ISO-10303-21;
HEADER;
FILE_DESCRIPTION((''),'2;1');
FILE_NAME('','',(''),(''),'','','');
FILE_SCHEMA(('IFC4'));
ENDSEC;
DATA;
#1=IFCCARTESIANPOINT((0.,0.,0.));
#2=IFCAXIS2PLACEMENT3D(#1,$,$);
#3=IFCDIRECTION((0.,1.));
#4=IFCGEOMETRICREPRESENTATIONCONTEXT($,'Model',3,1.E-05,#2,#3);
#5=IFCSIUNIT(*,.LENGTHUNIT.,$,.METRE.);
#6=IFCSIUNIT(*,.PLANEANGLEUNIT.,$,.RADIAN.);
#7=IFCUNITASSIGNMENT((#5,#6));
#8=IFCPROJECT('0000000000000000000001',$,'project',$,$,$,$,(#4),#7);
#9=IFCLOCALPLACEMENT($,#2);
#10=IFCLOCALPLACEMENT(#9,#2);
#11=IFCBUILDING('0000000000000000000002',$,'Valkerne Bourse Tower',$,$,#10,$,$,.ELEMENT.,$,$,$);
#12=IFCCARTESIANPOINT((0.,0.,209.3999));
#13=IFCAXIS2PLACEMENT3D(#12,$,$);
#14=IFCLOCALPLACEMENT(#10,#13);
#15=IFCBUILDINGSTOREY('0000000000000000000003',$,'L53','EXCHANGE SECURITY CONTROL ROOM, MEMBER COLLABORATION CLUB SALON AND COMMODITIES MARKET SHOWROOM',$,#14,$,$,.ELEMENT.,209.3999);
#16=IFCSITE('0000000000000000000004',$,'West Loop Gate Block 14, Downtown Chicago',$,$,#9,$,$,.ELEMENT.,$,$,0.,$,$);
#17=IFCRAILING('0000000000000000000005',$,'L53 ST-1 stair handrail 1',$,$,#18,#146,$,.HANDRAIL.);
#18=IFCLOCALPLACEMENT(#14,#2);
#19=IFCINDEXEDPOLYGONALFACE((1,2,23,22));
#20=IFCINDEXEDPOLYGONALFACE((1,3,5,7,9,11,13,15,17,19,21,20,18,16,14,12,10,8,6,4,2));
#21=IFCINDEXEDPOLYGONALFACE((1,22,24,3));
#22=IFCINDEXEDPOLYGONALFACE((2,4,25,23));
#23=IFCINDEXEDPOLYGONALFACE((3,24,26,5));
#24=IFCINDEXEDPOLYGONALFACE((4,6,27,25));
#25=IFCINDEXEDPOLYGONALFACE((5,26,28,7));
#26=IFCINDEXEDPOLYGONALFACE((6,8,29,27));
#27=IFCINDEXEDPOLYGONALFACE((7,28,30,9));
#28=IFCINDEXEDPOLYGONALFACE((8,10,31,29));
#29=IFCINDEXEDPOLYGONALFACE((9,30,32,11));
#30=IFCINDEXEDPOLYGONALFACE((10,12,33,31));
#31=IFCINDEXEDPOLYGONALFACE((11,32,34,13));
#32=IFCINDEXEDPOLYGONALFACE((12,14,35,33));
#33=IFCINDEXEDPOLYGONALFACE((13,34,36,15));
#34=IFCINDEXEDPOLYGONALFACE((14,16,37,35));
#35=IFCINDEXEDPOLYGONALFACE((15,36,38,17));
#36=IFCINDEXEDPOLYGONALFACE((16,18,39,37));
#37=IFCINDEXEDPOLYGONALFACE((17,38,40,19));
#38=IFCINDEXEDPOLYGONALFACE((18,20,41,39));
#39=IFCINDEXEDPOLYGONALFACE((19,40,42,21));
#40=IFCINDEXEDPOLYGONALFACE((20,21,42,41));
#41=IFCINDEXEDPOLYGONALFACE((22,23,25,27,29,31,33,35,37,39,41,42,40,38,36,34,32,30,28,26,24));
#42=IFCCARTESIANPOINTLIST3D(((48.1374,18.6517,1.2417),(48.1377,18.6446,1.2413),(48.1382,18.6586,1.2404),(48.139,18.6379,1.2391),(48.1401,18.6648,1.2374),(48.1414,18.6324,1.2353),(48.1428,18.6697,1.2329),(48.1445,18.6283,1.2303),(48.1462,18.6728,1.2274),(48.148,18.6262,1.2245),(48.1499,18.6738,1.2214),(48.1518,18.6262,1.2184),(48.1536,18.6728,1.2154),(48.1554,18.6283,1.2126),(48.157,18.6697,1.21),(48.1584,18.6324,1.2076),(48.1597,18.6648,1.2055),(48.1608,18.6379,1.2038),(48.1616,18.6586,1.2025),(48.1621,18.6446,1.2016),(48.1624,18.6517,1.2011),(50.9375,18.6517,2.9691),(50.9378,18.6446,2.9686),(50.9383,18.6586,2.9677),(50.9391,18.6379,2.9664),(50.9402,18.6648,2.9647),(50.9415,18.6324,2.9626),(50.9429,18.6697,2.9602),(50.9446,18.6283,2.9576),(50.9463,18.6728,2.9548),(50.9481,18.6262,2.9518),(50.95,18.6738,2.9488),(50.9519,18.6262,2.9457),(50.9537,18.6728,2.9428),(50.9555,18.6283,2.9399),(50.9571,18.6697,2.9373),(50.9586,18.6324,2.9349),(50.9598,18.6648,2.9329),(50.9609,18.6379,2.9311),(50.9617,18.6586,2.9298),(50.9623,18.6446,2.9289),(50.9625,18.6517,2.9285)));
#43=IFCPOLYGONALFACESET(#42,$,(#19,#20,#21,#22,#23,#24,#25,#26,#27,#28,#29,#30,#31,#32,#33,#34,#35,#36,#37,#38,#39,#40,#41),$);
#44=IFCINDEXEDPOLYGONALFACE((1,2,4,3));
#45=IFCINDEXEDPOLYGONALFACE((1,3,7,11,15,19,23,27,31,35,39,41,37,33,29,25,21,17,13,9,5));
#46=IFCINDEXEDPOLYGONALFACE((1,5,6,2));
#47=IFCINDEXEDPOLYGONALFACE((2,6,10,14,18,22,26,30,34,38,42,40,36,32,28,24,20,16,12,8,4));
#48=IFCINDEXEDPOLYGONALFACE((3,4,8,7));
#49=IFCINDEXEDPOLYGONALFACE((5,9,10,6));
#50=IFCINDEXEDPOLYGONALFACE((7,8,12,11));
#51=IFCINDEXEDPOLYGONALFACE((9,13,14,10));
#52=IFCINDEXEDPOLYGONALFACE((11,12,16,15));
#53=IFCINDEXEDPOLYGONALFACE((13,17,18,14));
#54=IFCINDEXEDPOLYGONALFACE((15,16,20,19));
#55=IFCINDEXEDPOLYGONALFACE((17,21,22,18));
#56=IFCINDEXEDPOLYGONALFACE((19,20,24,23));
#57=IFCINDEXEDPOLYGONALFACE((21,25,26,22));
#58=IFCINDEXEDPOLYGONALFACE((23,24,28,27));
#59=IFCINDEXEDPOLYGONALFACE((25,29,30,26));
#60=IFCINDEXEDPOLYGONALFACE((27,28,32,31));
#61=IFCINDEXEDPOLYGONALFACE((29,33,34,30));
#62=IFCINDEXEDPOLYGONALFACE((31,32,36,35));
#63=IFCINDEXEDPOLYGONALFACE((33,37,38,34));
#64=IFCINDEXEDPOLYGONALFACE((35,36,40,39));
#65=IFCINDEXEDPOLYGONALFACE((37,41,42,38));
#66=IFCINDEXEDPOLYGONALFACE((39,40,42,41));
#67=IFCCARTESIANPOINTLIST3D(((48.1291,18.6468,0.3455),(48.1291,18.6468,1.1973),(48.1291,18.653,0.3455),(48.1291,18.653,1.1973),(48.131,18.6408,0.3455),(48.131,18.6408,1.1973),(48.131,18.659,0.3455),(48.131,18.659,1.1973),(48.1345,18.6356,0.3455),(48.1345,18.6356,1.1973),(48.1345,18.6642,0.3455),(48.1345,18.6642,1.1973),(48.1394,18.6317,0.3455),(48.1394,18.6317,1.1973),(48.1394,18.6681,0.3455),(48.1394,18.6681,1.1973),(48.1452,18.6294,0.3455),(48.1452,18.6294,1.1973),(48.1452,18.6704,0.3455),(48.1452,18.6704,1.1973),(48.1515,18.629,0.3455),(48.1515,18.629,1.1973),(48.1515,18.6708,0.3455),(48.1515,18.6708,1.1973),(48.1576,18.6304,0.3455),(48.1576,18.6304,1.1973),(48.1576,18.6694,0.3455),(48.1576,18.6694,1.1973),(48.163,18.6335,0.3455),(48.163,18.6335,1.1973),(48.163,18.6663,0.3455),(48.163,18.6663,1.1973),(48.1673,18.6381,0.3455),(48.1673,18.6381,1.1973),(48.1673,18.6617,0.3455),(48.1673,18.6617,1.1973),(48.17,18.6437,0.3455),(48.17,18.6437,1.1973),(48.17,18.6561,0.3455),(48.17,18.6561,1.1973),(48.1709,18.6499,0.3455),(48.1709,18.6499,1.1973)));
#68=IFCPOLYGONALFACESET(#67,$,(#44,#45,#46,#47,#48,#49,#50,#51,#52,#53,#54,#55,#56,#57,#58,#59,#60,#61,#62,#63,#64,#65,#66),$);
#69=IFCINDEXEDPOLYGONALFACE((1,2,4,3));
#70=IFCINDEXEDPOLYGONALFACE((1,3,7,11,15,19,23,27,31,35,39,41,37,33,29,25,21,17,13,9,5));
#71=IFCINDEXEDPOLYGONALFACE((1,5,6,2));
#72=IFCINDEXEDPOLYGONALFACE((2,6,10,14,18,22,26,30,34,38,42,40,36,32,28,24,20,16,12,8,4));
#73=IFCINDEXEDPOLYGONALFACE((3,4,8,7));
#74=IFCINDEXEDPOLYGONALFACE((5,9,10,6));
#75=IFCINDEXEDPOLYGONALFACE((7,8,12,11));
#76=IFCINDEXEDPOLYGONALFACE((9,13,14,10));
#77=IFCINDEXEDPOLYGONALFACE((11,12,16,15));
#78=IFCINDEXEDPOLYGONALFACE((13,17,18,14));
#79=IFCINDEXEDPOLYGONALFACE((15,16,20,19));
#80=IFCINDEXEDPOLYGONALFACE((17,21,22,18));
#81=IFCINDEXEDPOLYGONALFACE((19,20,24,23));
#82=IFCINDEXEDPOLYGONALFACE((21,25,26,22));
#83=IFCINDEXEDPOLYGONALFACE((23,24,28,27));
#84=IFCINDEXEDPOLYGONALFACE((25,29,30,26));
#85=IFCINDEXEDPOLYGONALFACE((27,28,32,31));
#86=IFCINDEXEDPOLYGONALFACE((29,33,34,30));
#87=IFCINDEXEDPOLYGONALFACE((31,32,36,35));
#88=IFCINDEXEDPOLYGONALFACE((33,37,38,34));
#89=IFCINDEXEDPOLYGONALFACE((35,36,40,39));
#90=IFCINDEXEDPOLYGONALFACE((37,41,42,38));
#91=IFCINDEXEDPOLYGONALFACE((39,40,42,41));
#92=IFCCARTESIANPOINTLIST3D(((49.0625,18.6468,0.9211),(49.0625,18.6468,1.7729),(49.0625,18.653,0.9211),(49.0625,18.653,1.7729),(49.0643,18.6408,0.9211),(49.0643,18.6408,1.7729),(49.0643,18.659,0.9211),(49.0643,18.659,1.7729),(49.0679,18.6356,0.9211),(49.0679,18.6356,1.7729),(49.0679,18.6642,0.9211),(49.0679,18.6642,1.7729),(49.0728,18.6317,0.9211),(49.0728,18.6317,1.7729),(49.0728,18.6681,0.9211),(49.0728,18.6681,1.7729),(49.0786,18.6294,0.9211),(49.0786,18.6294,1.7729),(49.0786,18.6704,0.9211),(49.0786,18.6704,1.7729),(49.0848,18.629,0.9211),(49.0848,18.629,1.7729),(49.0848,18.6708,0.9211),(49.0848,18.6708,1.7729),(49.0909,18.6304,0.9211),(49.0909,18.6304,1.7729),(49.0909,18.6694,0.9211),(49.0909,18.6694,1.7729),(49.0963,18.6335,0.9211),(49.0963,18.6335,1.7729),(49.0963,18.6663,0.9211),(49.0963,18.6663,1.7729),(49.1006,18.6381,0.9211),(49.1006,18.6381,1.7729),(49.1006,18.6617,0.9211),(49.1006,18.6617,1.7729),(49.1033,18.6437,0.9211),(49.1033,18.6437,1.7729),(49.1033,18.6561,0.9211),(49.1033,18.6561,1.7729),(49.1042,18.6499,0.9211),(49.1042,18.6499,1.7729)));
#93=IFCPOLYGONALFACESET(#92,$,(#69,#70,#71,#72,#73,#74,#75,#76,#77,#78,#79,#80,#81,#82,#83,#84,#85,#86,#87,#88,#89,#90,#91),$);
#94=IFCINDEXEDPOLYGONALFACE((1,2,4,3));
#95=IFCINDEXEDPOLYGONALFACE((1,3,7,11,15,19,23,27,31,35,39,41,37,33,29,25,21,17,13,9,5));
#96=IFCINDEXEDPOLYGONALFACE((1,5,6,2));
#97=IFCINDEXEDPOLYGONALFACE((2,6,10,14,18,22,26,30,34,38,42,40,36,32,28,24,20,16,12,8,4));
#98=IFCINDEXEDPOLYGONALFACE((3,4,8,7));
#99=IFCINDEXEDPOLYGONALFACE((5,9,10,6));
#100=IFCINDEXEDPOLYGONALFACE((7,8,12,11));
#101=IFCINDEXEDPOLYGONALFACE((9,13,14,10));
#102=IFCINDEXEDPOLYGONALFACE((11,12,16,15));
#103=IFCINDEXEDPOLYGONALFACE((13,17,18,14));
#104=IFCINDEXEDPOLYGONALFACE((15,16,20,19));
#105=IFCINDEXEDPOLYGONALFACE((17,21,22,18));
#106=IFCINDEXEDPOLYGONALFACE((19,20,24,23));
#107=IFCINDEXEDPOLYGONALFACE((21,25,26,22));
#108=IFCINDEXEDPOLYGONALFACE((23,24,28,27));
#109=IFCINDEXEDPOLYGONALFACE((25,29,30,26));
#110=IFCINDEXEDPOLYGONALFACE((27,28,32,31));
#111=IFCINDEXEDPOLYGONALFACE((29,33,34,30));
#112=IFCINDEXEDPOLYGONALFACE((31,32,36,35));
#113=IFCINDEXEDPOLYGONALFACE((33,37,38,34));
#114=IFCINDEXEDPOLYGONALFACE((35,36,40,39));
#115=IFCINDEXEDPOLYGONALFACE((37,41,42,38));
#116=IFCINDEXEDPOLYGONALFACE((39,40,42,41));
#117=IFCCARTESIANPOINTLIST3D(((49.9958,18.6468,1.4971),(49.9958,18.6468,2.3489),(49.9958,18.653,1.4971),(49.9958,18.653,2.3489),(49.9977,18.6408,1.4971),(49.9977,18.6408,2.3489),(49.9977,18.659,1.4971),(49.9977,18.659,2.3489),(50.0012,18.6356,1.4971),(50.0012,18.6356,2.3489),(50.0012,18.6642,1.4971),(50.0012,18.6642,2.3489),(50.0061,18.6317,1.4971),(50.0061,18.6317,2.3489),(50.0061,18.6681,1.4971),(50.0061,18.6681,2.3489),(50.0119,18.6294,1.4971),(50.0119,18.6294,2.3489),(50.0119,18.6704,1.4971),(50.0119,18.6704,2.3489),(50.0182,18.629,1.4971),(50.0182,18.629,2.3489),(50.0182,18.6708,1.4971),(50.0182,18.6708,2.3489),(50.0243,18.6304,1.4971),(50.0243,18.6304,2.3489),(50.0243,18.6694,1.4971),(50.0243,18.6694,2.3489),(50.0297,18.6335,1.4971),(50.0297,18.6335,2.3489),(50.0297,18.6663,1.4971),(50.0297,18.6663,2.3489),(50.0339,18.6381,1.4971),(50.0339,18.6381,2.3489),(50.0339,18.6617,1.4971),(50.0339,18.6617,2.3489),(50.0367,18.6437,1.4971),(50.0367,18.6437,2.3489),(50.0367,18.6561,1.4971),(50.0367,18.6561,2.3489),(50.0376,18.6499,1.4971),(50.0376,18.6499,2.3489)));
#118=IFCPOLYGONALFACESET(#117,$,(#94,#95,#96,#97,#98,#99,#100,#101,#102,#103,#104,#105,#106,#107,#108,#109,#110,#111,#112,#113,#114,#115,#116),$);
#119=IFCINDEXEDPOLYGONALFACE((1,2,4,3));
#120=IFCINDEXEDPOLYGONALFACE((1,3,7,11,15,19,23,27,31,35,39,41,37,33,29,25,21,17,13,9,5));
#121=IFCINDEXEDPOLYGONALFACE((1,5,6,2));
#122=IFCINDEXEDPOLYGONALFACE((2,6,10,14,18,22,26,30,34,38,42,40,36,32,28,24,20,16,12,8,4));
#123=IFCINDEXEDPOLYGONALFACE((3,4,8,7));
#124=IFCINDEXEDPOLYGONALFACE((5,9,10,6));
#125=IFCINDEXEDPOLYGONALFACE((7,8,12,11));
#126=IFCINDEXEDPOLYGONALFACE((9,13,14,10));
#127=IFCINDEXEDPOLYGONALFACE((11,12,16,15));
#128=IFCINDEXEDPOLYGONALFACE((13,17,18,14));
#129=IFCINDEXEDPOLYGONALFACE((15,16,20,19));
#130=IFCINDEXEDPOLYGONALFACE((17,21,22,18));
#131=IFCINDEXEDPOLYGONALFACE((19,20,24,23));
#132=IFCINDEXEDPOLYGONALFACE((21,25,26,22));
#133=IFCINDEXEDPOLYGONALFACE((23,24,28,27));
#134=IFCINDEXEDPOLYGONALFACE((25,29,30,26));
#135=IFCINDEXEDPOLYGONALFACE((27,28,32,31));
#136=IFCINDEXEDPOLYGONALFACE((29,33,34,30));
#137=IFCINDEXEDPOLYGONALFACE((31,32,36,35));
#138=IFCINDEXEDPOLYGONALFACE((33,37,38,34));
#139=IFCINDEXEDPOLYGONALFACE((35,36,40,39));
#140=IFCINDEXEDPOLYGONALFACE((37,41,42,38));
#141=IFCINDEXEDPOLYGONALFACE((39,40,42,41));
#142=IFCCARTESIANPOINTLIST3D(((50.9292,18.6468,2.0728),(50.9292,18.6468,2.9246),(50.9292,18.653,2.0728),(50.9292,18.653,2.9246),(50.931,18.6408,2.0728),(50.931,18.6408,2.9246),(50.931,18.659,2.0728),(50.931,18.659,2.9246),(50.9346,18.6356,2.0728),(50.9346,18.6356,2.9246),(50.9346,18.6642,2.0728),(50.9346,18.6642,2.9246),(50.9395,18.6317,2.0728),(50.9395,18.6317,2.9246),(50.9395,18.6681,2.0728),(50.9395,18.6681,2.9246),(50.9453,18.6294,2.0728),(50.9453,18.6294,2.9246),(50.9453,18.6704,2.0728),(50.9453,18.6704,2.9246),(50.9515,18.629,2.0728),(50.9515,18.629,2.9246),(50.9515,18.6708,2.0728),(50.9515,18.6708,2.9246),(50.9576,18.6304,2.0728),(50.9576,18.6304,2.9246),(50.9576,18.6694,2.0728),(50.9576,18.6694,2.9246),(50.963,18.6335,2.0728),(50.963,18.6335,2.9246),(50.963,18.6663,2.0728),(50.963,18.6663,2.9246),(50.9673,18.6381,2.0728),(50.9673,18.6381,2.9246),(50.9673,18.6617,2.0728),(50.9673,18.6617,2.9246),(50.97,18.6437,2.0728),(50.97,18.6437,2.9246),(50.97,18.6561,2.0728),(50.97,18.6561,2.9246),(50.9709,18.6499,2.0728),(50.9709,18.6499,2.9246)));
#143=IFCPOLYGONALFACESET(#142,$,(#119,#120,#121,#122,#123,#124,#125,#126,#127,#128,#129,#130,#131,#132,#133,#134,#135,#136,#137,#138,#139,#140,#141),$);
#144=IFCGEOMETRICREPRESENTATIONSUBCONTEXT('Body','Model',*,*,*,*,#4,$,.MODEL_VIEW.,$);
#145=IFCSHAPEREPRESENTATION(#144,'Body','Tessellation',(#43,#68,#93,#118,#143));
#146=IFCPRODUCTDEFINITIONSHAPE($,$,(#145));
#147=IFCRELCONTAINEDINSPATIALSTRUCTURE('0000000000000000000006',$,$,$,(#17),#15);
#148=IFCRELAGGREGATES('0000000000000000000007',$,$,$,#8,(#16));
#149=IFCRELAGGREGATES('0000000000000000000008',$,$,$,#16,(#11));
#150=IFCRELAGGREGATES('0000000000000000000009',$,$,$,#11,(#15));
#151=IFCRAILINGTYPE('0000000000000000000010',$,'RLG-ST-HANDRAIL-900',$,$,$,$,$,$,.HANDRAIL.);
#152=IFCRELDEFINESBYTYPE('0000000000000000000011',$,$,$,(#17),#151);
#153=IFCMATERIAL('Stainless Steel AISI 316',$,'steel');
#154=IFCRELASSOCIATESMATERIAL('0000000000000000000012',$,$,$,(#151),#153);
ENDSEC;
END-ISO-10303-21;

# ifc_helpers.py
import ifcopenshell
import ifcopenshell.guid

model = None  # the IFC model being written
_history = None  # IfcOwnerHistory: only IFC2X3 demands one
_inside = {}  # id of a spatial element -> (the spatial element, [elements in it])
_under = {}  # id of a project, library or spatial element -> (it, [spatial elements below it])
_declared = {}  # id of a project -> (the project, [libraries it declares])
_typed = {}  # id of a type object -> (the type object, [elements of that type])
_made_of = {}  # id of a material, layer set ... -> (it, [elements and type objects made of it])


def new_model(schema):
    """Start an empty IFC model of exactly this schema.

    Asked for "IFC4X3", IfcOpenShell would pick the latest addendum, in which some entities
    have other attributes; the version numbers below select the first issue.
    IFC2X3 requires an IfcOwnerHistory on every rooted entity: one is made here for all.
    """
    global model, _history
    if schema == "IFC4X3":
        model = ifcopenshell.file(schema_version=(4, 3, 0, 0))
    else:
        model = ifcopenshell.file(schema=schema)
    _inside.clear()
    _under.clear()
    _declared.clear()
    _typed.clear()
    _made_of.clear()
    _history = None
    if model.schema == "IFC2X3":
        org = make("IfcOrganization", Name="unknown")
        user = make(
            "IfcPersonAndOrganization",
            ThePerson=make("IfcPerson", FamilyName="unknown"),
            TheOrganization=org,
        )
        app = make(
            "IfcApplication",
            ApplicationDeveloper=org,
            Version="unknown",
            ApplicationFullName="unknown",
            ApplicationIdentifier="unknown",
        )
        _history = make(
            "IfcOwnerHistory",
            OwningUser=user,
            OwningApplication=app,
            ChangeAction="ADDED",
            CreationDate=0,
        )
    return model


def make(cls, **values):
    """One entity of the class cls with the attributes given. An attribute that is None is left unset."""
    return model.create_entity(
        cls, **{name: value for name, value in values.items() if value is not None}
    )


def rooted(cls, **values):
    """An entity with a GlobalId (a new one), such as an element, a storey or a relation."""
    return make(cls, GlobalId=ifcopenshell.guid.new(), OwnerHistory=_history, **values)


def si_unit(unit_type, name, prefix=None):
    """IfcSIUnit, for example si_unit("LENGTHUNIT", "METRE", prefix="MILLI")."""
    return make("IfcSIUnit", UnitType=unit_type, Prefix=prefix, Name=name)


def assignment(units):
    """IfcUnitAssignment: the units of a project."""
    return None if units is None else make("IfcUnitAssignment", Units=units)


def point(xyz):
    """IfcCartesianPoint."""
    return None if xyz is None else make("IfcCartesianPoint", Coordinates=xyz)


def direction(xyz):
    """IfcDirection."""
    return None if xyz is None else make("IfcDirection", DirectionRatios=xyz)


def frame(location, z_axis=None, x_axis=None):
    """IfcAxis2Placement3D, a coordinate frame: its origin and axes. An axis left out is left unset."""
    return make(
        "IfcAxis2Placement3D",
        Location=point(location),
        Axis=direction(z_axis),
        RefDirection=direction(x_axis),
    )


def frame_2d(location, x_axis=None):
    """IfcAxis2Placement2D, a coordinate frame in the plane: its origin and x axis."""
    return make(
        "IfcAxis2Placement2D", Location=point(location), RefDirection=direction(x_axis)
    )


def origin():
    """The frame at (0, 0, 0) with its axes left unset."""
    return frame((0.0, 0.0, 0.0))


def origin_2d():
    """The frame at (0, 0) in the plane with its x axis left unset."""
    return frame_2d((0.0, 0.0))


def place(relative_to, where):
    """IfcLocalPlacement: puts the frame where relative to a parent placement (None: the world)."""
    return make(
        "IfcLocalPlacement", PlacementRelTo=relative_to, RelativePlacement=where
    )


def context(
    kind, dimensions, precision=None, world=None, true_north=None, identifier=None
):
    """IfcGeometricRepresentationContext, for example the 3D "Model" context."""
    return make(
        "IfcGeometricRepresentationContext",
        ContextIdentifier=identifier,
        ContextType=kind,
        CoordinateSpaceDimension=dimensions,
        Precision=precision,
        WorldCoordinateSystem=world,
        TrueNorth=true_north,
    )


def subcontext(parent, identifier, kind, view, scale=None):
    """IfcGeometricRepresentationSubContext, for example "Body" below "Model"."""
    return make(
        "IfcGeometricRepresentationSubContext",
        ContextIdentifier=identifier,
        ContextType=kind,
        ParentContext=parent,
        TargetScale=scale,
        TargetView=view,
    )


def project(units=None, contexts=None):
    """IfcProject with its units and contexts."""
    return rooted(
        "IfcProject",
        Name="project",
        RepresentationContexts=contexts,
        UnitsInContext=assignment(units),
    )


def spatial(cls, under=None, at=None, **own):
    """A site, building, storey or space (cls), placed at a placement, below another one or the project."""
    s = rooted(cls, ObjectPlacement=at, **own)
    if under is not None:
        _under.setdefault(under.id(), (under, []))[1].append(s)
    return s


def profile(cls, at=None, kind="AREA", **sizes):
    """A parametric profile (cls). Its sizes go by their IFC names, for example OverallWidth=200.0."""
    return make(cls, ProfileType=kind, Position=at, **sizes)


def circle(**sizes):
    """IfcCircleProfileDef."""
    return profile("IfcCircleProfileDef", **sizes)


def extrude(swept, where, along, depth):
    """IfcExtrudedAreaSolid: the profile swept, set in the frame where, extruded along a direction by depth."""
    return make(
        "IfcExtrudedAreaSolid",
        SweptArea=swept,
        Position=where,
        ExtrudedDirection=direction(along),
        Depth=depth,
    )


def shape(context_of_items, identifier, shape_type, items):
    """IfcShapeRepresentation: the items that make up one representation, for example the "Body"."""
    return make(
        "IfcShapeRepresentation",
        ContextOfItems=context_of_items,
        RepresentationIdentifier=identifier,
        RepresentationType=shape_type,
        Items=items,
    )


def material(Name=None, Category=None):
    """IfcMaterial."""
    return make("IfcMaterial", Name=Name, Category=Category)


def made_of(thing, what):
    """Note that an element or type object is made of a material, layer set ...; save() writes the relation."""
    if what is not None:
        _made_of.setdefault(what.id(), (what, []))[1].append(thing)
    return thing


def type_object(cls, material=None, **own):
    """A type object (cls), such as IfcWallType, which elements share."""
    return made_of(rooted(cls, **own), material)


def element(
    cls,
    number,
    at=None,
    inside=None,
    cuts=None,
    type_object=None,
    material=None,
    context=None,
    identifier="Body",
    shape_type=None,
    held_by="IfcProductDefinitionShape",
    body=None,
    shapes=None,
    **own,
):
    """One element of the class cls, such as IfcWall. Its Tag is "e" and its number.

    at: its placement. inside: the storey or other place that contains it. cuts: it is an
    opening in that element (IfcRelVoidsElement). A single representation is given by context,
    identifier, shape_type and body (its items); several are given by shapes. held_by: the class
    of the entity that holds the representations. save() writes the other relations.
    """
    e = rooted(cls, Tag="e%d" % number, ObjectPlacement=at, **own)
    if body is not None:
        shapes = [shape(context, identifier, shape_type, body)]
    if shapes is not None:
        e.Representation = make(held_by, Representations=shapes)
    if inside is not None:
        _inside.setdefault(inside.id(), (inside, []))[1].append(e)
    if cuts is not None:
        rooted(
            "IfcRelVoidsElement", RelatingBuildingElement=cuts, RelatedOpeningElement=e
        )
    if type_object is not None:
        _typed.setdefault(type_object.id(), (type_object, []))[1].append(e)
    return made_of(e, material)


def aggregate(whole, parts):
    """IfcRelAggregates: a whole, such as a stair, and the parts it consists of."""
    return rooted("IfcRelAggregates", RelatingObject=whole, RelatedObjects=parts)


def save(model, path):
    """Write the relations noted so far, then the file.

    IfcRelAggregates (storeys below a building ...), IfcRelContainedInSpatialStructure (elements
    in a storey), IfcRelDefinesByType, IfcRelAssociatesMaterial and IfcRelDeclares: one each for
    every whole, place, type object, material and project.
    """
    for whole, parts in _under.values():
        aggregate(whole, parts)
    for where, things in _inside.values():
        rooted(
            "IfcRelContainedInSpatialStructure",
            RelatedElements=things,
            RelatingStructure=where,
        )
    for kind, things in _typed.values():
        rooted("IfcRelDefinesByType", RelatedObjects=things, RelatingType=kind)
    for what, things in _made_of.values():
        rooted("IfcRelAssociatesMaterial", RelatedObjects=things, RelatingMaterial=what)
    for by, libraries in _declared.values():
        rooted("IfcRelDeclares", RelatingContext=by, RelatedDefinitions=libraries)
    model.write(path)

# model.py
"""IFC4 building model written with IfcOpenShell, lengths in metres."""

from ifc_helpers import new_model, si_unit, direction, frame, origin, origin_2d, place, context, subcontext, project, spatial, circle, extrude, material, type_object, element, save


model = new_model("IFC4")

# Units and contexts
model_context = context("Model", 3, precision=1e-05, world=origin(), true_north=direction((0.0, 1.0)))
body_context = subcontext(model_context, "Body", "Model", "MODEL_VIEW")
ifc_project = project(units=[si_unit("LENGTHUNIT", "METRE"), si_unit("PLANEANGLEUNIT", "RADIAN")], contexts=[model_context])

# Site, building, storey
site_placement = place(None, origin())
site = spatial("IfcSite", under=ifc_project, at=site_placement, Name="West Loop Gate Block 14, Downtown Chicago", CompositionType="ELEMENT", RefElevation=0.0)
building_placement = place(site_placement, origin())
building = spatial("IfcBuilding", under=site, at=building_placement, Name="Valkerne Bourse Tower", CompositionType="ELEMENT")
storey_placement = place(building_placement, frame((0.0, 0.0, 209.3999)))
storey = spatial("IfcBuildingStorey", under=building, at=storey_placement, Name="L53", Description="EXCHANGE SECURITY CONTROL ROOM, MEMBER COLLABORATION CLUB SALON AND COMMODITIES MARKET SHOWROOM", CompositionType="ELEMENT", Elevation=209.3999)

# Shared definitions
ifc_material_1 = material(Name="Stainless Steel AISI 316", Category="steel")

# Railing
railing_type_1 = type_object("IfcRailingType", Name="RLG-ST-HANDRAIL-900", PredefinedType="HANDRAIL", material=ifc_material_1)
railing_1_placement = place(storey_placement, frame((48.1499, 18.6499, 0.3455)))
element("IfcRailing", 1, at=railing_1_placement, inside=storey, type_object=railing_type_1, Name="L53 ST-1 stair handrail 1", PredefinedType="HANDRAIL", context=body_context, shape_type="SweptSolid", body=[
    extrude(circle(Radius=0.0239, at=origin_2d()), frame((0.0, 0.0, 0.876), z_axis=(0.85109, 0.0, 0.52502), x_axis=(0.0, 1.0, 0.0)), (0.0, 0.0, 1.0), 3.29),
    extrude(circle(Radius=0.021, at=origin_2d()), origin(), (0.0, 0.0, 1.0), 0.8518),
    extrude(circle(Radius=0.021, at=origin_2d()), frame((0.9333, 0.0, 0.5757)), (0.0, 0.0, 1.0), 0.8518),
    extrude(circle(Radius=0.021, at=origin_2d()), frame((1.8667, 0.0, 1.1516)), (0.0, 0.0, 1.0), 0.8518),
    extrude(circle(Radius=0.021, at=origin_2d()), frame((2.8, 0.0, 1.7273)), (0.0, 0.0, 1.0), 0.8518),
])

save(model, "model.ifc")
